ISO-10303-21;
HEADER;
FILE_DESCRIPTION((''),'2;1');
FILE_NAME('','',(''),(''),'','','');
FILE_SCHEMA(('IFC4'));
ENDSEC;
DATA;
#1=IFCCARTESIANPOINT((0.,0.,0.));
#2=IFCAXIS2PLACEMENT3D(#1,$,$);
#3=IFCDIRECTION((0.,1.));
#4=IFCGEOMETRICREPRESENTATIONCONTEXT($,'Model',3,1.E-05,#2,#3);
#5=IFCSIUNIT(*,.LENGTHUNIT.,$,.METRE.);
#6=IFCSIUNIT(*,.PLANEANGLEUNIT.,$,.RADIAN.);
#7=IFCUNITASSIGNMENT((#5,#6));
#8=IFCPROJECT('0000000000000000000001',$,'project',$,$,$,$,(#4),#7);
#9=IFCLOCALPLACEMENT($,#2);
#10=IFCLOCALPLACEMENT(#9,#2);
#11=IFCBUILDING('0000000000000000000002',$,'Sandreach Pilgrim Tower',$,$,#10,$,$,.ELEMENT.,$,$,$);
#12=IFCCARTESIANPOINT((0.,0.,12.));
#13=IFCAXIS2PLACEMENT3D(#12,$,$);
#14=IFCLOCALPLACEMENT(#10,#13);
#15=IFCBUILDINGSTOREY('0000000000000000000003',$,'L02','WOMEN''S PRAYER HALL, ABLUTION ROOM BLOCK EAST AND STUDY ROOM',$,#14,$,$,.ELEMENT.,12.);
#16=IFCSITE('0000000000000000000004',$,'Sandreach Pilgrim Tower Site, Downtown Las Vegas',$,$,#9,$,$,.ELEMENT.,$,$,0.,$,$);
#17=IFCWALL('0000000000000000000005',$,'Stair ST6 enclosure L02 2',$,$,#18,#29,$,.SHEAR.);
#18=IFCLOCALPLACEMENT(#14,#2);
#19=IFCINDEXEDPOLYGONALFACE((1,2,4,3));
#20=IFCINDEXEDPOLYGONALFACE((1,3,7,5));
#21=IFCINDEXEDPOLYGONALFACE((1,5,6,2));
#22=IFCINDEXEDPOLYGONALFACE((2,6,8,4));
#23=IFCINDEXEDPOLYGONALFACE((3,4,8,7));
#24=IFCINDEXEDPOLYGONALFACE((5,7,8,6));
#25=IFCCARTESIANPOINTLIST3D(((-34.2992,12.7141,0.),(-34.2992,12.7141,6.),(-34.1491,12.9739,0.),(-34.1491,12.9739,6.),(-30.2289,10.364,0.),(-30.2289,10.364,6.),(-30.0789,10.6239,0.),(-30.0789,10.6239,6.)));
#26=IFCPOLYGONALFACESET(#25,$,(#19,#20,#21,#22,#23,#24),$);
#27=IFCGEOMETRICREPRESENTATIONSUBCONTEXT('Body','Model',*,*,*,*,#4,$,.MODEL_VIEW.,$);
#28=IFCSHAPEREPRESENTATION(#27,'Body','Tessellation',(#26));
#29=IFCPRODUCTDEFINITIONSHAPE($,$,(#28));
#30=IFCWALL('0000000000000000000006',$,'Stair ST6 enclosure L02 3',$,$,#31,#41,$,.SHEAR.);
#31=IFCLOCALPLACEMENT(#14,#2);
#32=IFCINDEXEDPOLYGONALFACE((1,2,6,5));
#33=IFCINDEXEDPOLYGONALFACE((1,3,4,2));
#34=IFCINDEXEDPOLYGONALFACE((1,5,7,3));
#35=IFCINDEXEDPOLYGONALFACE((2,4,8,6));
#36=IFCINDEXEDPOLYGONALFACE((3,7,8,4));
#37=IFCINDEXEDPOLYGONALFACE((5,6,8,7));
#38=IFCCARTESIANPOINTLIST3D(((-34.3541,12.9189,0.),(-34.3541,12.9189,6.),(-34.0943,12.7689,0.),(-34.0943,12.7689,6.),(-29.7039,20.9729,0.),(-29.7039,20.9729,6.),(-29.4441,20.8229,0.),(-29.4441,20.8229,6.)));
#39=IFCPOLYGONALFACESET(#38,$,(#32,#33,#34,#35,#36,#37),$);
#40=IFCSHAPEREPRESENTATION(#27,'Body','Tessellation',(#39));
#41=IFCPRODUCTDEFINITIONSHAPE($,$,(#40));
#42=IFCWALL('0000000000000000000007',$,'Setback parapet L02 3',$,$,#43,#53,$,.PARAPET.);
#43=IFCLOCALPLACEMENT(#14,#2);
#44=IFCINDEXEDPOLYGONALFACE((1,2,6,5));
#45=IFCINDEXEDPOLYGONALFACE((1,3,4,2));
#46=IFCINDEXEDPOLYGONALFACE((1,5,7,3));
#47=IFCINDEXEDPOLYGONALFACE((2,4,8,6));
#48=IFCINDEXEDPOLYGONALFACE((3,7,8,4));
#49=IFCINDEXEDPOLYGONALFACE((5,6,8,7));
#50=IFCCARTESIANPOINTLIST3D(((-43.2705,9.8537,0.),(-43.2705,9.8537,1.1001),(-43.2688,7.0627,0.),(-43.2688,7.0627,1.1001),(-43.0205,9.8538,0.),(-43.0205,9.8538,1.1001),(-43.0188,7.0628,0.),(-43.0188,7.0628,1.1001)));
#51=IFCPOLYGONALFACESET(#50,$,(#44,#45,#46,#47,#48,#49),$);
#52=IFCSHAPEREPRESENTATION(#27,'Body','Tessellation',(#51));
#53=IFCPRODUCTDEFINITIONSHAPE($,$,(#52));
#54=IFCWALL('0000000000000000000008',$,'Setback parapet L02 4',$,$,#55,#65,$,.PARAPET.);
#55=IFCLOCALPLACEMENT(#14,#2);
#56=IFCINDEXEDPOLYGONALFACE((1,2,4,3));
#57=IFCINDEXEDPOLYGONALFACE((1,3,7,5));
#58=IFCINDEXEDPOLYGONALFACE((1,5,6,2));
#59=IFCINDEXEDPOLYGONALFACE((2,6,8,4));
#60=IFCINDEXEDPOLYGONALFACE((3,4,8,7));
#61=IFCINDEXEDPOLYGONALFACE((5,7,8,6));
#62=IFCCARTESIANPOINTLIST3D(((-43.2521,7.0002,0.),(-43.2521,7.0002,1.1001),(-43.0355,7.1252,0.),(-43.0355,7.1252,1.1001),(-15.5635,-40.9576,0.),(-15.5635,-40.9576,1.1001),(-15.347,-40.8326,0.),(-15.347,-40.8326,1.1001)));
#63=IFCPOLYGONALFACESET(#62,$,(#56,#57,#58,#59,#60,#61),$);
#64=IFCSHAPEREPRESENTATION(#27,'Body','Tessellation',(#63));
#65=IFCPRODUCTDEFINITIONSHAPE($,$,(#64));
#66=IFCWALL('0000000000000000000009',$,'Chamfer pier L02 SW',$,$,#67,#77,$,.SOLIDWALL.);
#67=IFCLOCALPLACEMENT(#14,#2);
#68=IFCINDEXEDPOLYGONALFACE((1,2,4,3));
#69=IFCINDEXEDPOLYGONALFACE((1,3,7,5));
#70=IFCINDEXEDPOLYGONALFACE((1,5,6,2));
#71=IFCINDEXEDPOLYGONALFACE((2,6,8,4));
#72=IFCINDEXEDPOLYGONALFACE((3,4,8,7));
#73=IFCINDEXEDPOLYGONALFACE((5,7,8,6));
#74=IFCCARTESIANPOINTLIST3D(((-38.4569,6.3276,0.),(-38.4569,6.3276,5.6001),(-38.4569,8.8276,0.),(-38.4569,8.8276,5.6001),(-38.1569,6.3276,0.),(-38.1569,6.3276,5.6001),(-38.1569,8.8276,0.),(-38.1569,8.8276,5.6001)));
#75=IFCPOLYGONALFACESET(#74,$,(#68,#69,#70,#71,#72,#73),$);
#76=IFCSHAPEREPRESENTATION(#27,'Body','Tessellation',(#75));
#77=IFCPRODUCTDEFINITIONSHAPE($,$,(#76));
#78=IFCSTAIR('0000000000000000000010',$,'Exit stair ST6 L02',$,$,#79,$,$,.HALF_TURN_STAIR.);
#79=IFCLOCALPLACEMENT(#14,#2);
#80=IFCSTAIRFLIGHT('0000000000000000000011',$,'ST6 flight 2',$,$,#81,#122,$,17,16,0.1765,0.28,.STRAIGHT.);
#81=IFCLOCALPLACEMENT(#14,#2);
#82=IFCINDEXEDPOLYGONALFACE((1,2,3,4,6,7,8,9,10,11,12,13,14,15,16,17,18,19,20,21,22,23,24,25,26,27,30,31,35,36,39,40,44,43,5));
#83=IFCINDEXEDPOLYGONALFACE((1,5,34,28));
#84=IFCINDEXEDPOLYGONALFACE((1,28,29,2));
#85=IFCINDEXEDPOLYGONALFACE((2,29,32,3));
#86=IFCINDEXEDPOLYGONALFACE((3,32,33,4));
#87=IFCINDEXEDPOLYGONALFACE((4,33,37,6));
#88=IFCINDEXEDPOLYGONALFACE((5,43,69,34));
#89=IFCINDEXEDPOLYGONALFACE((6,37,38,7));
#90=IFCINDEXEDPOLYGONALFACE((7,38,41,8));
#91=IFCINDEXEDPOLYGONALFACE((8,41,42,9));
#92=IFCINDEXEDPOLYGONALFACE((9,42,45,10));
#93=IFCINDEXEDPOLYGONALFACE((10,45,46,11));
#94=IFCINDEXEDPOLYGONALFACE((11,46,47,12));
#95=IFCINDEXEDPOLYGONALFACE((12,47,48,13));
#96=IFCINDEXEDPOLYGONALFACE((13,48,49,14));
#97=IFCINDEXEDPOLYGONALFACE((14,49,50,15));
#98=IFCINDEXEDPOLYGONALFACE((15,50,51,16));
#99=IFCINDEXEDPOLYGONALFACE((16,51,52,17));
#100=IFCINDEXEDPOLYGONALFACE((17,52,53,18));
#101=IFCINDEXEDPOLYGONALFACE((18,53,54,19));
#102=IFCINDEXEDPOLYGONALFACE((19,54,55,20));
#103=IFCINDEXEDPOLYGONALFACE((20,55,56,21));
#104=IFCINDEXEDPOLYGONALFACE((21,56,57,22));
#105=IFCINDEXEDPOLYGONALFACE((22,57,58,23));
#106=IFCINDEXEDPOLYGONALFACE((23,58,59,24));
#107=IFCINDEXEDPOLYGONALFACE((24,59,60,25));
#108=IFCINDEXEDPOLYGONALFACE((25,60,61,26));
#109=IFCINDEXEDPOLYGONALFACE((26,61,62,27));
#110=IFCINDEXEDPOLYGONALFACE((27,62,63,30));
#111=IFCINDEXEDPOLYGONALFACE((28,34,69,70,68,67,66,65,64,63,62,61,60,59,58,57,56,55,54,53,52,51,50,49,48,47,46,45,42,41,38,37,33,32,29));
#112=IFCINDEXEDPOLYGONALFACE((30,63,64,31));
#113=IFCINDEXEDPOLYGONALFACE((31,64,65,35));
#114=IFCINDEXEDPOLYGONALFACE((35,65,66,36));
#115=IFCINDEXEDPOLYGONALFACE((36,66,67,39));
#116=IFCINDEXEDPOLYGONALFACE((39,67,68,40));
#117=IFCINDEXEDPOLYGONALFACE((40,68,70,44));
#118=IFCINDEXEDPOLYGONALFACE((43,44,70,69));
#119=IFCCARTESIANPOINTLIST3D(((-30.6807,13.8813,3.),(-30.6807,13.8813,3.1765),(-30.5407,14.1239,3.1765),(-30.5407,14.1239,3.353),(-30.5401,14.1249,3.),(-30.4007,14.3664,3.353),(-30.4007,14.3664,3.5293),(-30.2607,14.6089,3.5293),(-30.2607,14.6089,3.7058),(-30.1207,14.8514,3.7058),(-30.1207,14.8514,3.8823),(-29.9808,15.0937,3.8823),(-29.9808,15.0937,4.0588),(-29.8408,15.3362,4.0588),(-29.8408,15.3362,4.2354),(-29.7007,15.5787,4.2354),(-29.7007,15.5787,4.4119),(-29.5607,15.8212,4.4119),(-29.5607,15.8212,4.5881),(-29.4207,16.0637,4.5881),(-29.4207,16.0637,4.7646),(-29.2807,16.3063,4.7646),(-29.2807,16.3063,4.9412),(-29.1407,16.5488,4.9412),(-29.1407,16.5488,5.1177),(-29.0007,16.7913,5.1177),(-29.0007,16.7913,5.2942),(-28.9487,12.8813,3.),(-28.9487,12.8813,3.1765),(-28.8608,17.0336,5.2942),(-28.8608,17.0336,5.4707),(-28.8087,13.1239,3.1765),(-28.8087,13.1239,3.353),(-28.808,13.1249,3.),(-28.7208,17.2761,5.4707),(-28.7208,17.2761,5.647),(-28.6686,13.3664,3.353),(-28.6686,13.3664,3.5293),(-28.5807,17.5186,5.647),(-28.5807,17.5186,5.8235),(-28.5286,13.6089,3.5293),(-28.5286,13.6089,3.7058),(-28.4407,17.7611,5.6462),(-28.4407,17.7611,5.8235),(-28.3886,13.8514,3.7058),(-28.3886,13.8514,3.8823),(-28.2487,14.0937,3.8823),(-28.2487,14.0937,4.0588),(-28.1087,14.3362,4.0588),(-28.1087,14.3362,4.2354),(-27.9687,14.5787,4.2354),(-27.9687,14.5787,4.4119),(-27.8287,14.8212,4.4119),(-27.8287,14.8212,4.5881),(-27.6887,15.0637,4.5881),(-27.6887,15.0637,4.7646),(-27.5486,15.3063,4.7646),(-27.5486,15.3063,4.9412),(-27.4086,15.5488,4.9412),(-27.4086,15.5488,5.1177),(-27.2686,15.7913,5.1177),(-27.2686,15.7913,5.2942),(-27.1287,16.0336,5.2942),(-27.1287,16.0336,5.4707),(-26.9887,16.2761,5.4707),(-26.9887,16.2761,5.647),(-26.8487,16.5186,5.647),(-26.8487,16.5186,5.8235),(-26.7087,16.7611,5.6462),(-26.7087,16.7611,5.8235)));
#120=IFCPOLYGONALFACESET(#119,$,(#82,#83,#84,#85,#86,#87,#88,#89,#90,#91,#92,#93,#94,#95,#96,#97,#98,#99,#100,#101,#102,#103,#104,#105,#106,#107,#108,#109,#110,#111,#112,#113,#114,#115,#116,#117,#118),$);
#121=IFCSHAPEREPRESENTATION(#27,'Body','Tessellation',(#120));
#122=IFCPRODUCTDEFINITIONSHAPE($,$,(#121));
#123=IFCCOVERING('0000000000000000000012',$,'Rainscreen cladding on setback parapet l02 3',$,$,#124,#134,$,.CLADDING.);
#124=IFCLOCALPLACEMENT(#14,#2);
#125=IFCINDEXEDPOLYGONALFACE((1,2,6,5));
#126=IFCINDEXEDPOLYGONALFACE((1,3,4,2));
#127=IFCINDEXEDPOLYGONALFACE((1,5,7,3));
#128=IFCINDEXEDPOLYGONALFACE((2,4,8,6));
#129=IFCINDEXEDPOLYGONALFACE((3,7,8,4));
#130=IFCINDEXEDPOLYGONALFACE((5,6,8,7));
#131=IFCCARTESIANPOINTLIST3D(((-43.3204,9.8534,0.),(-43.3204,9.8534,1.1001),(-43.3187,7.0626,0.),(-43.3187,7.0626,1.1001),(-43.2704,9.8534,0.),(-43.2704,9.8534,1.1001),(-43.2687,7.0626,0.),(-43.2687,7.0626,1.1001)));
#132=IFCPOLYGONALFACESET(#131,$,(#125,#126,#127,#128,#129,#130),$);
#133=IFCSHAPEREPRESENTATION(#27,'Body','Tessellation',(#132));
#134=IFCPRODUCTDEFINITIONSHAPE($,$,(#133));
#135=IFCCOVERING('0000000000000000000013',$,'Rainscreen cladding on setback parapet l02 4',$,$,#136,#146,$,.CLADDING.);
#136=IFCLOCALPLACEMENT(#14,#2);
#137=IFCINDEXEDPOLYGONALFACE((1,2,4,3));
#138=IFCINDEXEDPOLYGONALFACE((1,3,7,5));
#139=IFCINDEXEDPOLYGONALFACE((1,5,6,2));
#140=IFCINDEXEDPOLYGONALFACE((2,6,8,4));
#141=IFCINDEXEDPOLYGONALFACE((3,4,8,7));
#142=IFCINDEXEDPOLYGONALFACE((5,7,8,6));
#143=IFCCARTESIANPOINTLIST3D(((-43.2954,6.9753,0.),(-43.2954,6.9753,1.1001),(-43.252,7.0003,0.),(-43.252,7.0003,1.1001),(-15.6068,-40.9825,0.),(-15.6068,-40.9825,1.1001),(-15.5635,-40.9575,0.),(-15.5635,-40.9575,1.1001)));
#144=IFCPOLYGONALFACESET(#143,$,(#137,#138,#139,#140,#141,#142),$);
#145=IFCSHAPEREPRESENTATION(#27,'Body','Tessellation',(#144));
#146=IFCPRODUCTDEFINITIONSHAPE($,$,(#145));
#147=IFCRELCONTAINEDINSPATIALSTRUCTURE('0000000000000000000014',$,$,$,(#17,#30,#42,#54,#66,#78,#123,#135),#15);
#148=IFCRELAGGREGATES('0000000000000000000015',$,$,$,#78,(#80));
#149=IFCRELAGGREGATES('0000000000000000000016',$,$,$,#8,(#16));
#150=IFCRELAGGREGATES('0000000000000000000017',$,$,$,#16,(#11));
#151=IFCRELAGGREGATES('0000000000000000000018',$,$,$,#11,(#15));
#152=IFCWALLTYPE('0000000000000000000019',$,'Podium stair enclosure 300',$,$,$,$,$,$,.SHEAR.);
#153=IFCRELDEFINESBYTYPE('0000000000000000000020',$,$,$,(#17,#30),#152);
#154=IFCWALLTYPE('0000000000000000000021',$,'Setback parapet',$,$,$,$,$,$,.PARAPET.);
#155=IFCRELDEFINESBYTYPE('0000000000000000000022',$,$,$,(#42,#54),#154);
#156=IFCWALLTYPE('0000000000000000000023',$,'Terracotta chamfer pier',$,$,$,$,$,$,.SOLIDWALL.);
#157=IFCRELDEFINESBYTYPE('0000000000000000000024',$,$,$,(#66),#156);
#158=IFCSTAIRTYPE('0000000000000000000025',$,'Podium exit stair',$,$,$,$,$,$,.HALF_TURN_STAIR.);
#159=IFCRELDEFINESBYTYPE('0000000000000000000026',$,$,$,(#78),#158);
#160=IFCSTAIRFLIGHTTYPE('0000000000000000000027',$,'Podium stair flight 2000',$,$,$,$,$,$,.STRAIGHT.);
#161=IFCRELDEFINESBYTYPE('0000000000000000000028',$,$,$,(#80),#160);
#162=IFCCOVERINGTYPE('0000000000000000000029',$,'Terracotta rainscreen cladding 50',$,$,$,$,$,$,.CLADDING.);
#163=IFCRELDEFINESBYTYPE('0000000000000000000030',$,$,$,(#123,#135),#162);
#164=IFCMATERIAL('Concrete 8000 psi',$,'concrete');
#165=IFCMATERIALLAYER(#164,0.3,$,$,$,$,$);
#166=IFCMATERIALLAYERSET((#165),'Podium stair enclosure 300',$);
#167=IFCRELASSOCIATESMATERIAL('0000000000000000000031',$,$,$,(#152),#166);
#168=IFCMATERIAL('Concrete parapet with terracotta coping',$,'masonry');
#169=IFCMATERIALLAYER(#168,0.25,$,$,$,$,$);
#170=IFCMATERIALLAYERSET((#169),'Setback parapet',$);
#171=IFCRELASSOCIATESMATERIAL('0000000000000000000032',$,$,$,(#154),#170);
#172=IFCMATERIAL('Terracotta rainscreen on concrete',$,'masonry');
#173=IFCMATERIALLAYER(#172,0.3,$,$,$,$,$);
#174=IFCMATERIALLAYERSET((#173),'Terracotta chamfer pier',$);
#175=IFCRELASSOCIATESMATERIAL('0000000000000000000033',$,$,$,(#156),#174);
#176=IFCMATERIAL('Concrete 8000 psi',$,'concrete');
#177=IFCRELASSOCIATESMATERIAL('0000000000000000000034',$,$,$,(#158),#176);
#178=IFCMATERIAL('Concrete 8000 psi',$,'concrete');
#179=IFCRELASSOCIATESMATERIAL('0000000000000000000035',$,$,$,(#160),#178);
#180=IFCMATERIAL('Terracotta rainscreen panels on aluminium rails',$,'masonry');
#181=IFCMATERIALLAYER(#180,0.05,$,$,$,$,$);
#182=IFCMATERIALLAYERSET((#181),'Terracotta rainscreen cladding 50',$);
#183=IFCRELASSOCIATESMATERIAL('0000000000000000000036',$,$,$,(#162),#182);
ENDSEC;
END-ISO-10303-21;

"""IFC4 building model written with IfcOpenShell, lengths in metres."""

from ifc_helpers import new_model, si_unit, direction, frame, frame_2d, origin, place, context, subcontext, project, spatial, polyline, rectangle, outline, extrude, material, layer, layer_set, type_object, element, aggregate, save


model = new_model("IFC4")

# Units and contexts
model_context = context("Model", 3, precision=1e-05, world=origin(), true_north=direction((0.0, 1.0)))
body_context = subcontext(model_context, "Body", "Model", "MODEL_VIEW")
ifc_project = project(units=[si_unit("LENGTHUNIT", "METRE"), si_unit("PLANEANGLEUNIT", "RADIAN")], contexts=[model_context])

# Site, building, storey
site_placement = place(None, origin())
site = spatial("IfcSite", under=ifc_project, at=site_placement, Name="Sandreach Pilgrim Tower Site, Downtown Las Vegas", CompositionType="ELEMENT", RefElevation=0.0)
building_placement = place(site_placement, origin())
building = spatial("IfcBuilding", under=site, at=building_placement, Name="Sandreach Pilgrim Tower", CompositionType="ELEMENT")
storey_placement = place(building_placement, frame((0.0, 0.0, 12.0)))
storey = spatial("IfcBuildingStorey", under=building, at=storey_placement, Name="L02", Description="WOMEN'S PRAYER HALL, ABLUTION ROOM BLOCK EAST AND STUDY ROOM", CompositionType="ELEMENT", Elevation=12.0)

# Walls
ifc_material_1 = material(Name="Concrete 8000 psi", Category="concrete")
ifc_layer_1 = layer(ifc_material_1, 0.3)
ifc_layer_set_1 = layer_set([ifc_layer_1], Name="Podium stair enclosure 300")
wall_type_1 = type_object("IfcWallType", Name="Podium stair enclosure 300", PredefinedType="SHEAR", material=ifc_layer_set_1)
wall_1_placement = place(storey_placement, frame((-30.1538, 10.4939, 0.0), z_axis=(0.0, 0.0, 1.0), x_axis=(-0.866016, 0.500016, 0.0)))
element("IfcWall", 1, at=wall_1_placement, inside=storey, type_object=wall_type_1, Name="Stair ST6 enclosure L02 2", PredefinedType="SHEAR", context=body_context, shape_type="SweptSolid", body=[
    extrude(rectangle(XDim=4.7, YDim=0.3, at=frame_2d((2.3501, 0.0))), origin(), (0.0, 0.0, 1.0), 6.0),
])
wall_2_placement = place(storey_placement, frame((-34.2241, 12.844, 0.0), z_axis=(0.0, 0.0, 1.0), x_axis=(0.500016, 0.866016, 0.0)))
element("IfcWall", 2, at=wall_2_placement, inside=storey, type_object=wall_type_1, Name="Stair ST6 enclosure L02 3", PredefinedType="SHEAR", context=body_context, shape_type="SweptSolid", body=[
    extrude(rectangle(XDim=9.3, YDim=0.3, at=frame_2d((4.6499, 0.0))), origin(), (0.0, 0.0, 1.0), 6.0),
])
ifc_material_2 = material(Name="Concrete parapet with terracotta coping", Category="masonry")
ifc_layer_2 = layer(ifc_material_2, 0.25)
ifc_layer_set_2 = layer_set([ifc_layer_2], Name="Setback parapet")
wall_type_2 = type_object("IfcWallType", Name="Setback parapet", PredefinedType="PARAPET", material=ifc_layer_set_2)
wall_3_placement = place(storey_placement, frame((-43.1455, 9.8538, 0.0), z_axis=(0.0, 0.0, 1.0), x_axis=(0.000612, -1.0, 0.0)))
element("IfcWall", 3, at=wall_3_placement, inside=storey, type_object=wall_type_2, Name="Setback parapet L02 3", PredefinedType="PARAPET", context=body_context, shape_type="SweptSolid", body=[
    extrude(rectangle(XDim=2.791, YDim=0.25, at=frame_2d((1.3955, 0.0))), origin(), (0.0, 0.0, 1.0), 1.1001),
])
wall_4_placement = place(storey_placement, frame((-43.1438, 7.0627, 0.0), z_axis=(0.0, 0.0, 1.0), x_axis=(0.500001, -0.866025, 0.0)))
element("IfcWall", 4, at=wall_4_placement, inside=storey, type_object=wall_type_2, Name="Setback parapet L02 4", PredefinedType="PARAPET", context=body_context, shape_type="SweptSolid", body=[
    extrude(rectangle(XDim=55.377, YDim=0.25, at=frame_2d((27.6885, 0.0))), origin(), (0.0, 0.0, 1.0), 1.1001),
])
ifc_material_3 = material(Name="Terracotta rainscreen on concrete", Category="masonry")
ifc_layer_3 = layer(ifc_material_3, 0.3)
ifc_layer_set_3 = layer_set([ifc_layer_3], Name="Terracotta chamfer pier")
wall_type_3 = type_object("IfcWallType", Name="Terracotta chamfer pier", PredefinedType="SOLIDWALL", material=ifc_layer_set_3)
wall_5_placement = place(storey_placement, frame((-38.3069, 6.3276, 0.0), z_axis=(0.0, 0.0, 1.0), x_axis=(0.0, 1.0, 0.0)))
element("IfcWall", 5, at=wall_5_placement, inside=storey, type_object=wall_type_3, Name="Chamfer pier L02 SW", PredefinedType="SOLIDWALL", context=body_context, shape_type="SweptSolid", body=[
    extrude(rectangle(XDim=2.5, YDim=0.3, at=frame_2d((1.25, 0.0))), origin(), (0.0, 0.0, 1.0), 5.6001),
])

# Stair, stair flight
ifc_material_4 = material(Name="Concrete 8000 psi", Category="concrete")
stair_type = type_object("IfcStairType", Name="Podium exit stair", PredefinedType="HALF_TURN_STAIR", material=ifc_material_4)
stair_placement = place(storey_placement, origin())
stair = element("IfcStair", 6, at=stair_placement, inside=storey, type_object=stair_type, Name="Exit stair ST6 L02", PredefinedType="HALF_TURN_STAIR")
ifc_material_5 = material(Name="Concrete 8000 psi", Category="concrete")
stair_flight_type = type_object("IfcStairFlightType", Name="Podium stair flight 2000", PredefinedType="STRAIGHT", material=ifc_material_5)
stair_flight_placement = place(storey_placement, frame((-29.8147, 13.3813, 3.0), z_axis=(0.0, 0.0, 1.0), x_axis=(0.5, 0.866025, 0.0)))
stair_flight = element("IfcStairFlight", 7, at=stair_flight_placement, type_object=stair_flight_type, Name="ST6 flight 2", NumberOfRisers=17, NumberOfTreads=16, PredefinedType="STRAIGHT", RiserHeight=0.1765, TreadLength=0.28, context=body_context, shape_type="SweptSolid", body=[
    extrude(outline(polyline([(0.0, 0.0), (0.0, 0.1765), (0.28, 0.1765), (0.28, 0.353), (0.5601, 0.353), (0.5601, 0.5293), (0.8401, 0.5293), (0.8401, 0.7058), (1.1201, 0.7058), (1.1201, 0.8823), (1.3999, 0.8823), (1.3999, 1.0588), (1.6799, 1.0588), (1.6799, 1.2354), (1.96, 1.2354), (1.96, 1.4119), (2.24, 1.4119), (2.24, 1.5881), (2.52, 1.5881), (2.52, 1.7646), (2.8, 1.7646), (2.8, 1.9412), (3.0801, 1.9412), (3.0801, 2.1177), (3.3601, 2.1177), (3.3601, 2.2942), (3.6399, 2.2942), (3.6399, 2.4707), (3.9199, 2.4707), (3.9199, 2.647), (4.2, 2.647), (4.2, 2.8235), (4.48, 2.8235), (4.48, 3.0), (4.48, 2.6462), (0.2812, 0.0), (0.0, 0.0)])), frame((0.0, 1.0, 0.0), z_axis=(0.0, -1.0, 0.0), x_axis=(1.0, 0.0, 0.0)), (0.0, 0.0, 1.0), 2.0),
])
aggregate(stair, [stair_flight])

# Coverings
ifc_material_6 = material(Name="Terracotta rainscreen panels on aluminium rails", Category="masonry")
ifc_layer_4 = layer(ifc_material_6, 0.05)
ifc_layer_set_4 = layer_set([ifc_layer_4], Name="Terracotta rainscreen cladding 50")
covering_type = type_object("IfcCoveringType", Name="Terracotta rainscreen cladding 50", PredefinedType="CLADDING", material=ifc_layer_set_4)
covering_1_placement = place(storey_placement, frame((-43.2954, 9.8535, 0.0), z_axis=(0.0, 0.0, 1.0), x_axis=(0.000612, -1.0, 0.0)))
element("IfcCovering", 8, at=covering_1_placement, inside=storey, type_object=covering_type, Name="Rainscreen cladding on setback parapet l02 3", PredefinedType="CLADDING", context=body_context, shape_type="SweptSolid", body=[
    extrude(rectangle(XDim=2.7908, YDim=0.05, at=frame_2d((1.3955, 0.0))), origin(), (0.0, 0.0, 1.0), 1.1001),
])
covering_2_placement = place(storey_placement, frame((-43.2737, 6.9878, 0.0), z_axis=(0.0, 0.0, 1.0), x_axis=(0.500001, -0.866025, 0.0)))
element("IfcCovering", 9, at=covering_2_placement, inside=storey, type_object=covering_type, Name="Rainscreen cladding on setback parapet l02 4", PredefinedType="CLADDING", context=body_context, shape_type="SweptSolid", body=[
    extrude(rectangle(XDim=55.377, YDim=0.05, at=frame_2d((27.6885, 0.0))), origin(), (0.0, 0.0, 1.0), 1.1001),
])

save(model, "model.ifc")
